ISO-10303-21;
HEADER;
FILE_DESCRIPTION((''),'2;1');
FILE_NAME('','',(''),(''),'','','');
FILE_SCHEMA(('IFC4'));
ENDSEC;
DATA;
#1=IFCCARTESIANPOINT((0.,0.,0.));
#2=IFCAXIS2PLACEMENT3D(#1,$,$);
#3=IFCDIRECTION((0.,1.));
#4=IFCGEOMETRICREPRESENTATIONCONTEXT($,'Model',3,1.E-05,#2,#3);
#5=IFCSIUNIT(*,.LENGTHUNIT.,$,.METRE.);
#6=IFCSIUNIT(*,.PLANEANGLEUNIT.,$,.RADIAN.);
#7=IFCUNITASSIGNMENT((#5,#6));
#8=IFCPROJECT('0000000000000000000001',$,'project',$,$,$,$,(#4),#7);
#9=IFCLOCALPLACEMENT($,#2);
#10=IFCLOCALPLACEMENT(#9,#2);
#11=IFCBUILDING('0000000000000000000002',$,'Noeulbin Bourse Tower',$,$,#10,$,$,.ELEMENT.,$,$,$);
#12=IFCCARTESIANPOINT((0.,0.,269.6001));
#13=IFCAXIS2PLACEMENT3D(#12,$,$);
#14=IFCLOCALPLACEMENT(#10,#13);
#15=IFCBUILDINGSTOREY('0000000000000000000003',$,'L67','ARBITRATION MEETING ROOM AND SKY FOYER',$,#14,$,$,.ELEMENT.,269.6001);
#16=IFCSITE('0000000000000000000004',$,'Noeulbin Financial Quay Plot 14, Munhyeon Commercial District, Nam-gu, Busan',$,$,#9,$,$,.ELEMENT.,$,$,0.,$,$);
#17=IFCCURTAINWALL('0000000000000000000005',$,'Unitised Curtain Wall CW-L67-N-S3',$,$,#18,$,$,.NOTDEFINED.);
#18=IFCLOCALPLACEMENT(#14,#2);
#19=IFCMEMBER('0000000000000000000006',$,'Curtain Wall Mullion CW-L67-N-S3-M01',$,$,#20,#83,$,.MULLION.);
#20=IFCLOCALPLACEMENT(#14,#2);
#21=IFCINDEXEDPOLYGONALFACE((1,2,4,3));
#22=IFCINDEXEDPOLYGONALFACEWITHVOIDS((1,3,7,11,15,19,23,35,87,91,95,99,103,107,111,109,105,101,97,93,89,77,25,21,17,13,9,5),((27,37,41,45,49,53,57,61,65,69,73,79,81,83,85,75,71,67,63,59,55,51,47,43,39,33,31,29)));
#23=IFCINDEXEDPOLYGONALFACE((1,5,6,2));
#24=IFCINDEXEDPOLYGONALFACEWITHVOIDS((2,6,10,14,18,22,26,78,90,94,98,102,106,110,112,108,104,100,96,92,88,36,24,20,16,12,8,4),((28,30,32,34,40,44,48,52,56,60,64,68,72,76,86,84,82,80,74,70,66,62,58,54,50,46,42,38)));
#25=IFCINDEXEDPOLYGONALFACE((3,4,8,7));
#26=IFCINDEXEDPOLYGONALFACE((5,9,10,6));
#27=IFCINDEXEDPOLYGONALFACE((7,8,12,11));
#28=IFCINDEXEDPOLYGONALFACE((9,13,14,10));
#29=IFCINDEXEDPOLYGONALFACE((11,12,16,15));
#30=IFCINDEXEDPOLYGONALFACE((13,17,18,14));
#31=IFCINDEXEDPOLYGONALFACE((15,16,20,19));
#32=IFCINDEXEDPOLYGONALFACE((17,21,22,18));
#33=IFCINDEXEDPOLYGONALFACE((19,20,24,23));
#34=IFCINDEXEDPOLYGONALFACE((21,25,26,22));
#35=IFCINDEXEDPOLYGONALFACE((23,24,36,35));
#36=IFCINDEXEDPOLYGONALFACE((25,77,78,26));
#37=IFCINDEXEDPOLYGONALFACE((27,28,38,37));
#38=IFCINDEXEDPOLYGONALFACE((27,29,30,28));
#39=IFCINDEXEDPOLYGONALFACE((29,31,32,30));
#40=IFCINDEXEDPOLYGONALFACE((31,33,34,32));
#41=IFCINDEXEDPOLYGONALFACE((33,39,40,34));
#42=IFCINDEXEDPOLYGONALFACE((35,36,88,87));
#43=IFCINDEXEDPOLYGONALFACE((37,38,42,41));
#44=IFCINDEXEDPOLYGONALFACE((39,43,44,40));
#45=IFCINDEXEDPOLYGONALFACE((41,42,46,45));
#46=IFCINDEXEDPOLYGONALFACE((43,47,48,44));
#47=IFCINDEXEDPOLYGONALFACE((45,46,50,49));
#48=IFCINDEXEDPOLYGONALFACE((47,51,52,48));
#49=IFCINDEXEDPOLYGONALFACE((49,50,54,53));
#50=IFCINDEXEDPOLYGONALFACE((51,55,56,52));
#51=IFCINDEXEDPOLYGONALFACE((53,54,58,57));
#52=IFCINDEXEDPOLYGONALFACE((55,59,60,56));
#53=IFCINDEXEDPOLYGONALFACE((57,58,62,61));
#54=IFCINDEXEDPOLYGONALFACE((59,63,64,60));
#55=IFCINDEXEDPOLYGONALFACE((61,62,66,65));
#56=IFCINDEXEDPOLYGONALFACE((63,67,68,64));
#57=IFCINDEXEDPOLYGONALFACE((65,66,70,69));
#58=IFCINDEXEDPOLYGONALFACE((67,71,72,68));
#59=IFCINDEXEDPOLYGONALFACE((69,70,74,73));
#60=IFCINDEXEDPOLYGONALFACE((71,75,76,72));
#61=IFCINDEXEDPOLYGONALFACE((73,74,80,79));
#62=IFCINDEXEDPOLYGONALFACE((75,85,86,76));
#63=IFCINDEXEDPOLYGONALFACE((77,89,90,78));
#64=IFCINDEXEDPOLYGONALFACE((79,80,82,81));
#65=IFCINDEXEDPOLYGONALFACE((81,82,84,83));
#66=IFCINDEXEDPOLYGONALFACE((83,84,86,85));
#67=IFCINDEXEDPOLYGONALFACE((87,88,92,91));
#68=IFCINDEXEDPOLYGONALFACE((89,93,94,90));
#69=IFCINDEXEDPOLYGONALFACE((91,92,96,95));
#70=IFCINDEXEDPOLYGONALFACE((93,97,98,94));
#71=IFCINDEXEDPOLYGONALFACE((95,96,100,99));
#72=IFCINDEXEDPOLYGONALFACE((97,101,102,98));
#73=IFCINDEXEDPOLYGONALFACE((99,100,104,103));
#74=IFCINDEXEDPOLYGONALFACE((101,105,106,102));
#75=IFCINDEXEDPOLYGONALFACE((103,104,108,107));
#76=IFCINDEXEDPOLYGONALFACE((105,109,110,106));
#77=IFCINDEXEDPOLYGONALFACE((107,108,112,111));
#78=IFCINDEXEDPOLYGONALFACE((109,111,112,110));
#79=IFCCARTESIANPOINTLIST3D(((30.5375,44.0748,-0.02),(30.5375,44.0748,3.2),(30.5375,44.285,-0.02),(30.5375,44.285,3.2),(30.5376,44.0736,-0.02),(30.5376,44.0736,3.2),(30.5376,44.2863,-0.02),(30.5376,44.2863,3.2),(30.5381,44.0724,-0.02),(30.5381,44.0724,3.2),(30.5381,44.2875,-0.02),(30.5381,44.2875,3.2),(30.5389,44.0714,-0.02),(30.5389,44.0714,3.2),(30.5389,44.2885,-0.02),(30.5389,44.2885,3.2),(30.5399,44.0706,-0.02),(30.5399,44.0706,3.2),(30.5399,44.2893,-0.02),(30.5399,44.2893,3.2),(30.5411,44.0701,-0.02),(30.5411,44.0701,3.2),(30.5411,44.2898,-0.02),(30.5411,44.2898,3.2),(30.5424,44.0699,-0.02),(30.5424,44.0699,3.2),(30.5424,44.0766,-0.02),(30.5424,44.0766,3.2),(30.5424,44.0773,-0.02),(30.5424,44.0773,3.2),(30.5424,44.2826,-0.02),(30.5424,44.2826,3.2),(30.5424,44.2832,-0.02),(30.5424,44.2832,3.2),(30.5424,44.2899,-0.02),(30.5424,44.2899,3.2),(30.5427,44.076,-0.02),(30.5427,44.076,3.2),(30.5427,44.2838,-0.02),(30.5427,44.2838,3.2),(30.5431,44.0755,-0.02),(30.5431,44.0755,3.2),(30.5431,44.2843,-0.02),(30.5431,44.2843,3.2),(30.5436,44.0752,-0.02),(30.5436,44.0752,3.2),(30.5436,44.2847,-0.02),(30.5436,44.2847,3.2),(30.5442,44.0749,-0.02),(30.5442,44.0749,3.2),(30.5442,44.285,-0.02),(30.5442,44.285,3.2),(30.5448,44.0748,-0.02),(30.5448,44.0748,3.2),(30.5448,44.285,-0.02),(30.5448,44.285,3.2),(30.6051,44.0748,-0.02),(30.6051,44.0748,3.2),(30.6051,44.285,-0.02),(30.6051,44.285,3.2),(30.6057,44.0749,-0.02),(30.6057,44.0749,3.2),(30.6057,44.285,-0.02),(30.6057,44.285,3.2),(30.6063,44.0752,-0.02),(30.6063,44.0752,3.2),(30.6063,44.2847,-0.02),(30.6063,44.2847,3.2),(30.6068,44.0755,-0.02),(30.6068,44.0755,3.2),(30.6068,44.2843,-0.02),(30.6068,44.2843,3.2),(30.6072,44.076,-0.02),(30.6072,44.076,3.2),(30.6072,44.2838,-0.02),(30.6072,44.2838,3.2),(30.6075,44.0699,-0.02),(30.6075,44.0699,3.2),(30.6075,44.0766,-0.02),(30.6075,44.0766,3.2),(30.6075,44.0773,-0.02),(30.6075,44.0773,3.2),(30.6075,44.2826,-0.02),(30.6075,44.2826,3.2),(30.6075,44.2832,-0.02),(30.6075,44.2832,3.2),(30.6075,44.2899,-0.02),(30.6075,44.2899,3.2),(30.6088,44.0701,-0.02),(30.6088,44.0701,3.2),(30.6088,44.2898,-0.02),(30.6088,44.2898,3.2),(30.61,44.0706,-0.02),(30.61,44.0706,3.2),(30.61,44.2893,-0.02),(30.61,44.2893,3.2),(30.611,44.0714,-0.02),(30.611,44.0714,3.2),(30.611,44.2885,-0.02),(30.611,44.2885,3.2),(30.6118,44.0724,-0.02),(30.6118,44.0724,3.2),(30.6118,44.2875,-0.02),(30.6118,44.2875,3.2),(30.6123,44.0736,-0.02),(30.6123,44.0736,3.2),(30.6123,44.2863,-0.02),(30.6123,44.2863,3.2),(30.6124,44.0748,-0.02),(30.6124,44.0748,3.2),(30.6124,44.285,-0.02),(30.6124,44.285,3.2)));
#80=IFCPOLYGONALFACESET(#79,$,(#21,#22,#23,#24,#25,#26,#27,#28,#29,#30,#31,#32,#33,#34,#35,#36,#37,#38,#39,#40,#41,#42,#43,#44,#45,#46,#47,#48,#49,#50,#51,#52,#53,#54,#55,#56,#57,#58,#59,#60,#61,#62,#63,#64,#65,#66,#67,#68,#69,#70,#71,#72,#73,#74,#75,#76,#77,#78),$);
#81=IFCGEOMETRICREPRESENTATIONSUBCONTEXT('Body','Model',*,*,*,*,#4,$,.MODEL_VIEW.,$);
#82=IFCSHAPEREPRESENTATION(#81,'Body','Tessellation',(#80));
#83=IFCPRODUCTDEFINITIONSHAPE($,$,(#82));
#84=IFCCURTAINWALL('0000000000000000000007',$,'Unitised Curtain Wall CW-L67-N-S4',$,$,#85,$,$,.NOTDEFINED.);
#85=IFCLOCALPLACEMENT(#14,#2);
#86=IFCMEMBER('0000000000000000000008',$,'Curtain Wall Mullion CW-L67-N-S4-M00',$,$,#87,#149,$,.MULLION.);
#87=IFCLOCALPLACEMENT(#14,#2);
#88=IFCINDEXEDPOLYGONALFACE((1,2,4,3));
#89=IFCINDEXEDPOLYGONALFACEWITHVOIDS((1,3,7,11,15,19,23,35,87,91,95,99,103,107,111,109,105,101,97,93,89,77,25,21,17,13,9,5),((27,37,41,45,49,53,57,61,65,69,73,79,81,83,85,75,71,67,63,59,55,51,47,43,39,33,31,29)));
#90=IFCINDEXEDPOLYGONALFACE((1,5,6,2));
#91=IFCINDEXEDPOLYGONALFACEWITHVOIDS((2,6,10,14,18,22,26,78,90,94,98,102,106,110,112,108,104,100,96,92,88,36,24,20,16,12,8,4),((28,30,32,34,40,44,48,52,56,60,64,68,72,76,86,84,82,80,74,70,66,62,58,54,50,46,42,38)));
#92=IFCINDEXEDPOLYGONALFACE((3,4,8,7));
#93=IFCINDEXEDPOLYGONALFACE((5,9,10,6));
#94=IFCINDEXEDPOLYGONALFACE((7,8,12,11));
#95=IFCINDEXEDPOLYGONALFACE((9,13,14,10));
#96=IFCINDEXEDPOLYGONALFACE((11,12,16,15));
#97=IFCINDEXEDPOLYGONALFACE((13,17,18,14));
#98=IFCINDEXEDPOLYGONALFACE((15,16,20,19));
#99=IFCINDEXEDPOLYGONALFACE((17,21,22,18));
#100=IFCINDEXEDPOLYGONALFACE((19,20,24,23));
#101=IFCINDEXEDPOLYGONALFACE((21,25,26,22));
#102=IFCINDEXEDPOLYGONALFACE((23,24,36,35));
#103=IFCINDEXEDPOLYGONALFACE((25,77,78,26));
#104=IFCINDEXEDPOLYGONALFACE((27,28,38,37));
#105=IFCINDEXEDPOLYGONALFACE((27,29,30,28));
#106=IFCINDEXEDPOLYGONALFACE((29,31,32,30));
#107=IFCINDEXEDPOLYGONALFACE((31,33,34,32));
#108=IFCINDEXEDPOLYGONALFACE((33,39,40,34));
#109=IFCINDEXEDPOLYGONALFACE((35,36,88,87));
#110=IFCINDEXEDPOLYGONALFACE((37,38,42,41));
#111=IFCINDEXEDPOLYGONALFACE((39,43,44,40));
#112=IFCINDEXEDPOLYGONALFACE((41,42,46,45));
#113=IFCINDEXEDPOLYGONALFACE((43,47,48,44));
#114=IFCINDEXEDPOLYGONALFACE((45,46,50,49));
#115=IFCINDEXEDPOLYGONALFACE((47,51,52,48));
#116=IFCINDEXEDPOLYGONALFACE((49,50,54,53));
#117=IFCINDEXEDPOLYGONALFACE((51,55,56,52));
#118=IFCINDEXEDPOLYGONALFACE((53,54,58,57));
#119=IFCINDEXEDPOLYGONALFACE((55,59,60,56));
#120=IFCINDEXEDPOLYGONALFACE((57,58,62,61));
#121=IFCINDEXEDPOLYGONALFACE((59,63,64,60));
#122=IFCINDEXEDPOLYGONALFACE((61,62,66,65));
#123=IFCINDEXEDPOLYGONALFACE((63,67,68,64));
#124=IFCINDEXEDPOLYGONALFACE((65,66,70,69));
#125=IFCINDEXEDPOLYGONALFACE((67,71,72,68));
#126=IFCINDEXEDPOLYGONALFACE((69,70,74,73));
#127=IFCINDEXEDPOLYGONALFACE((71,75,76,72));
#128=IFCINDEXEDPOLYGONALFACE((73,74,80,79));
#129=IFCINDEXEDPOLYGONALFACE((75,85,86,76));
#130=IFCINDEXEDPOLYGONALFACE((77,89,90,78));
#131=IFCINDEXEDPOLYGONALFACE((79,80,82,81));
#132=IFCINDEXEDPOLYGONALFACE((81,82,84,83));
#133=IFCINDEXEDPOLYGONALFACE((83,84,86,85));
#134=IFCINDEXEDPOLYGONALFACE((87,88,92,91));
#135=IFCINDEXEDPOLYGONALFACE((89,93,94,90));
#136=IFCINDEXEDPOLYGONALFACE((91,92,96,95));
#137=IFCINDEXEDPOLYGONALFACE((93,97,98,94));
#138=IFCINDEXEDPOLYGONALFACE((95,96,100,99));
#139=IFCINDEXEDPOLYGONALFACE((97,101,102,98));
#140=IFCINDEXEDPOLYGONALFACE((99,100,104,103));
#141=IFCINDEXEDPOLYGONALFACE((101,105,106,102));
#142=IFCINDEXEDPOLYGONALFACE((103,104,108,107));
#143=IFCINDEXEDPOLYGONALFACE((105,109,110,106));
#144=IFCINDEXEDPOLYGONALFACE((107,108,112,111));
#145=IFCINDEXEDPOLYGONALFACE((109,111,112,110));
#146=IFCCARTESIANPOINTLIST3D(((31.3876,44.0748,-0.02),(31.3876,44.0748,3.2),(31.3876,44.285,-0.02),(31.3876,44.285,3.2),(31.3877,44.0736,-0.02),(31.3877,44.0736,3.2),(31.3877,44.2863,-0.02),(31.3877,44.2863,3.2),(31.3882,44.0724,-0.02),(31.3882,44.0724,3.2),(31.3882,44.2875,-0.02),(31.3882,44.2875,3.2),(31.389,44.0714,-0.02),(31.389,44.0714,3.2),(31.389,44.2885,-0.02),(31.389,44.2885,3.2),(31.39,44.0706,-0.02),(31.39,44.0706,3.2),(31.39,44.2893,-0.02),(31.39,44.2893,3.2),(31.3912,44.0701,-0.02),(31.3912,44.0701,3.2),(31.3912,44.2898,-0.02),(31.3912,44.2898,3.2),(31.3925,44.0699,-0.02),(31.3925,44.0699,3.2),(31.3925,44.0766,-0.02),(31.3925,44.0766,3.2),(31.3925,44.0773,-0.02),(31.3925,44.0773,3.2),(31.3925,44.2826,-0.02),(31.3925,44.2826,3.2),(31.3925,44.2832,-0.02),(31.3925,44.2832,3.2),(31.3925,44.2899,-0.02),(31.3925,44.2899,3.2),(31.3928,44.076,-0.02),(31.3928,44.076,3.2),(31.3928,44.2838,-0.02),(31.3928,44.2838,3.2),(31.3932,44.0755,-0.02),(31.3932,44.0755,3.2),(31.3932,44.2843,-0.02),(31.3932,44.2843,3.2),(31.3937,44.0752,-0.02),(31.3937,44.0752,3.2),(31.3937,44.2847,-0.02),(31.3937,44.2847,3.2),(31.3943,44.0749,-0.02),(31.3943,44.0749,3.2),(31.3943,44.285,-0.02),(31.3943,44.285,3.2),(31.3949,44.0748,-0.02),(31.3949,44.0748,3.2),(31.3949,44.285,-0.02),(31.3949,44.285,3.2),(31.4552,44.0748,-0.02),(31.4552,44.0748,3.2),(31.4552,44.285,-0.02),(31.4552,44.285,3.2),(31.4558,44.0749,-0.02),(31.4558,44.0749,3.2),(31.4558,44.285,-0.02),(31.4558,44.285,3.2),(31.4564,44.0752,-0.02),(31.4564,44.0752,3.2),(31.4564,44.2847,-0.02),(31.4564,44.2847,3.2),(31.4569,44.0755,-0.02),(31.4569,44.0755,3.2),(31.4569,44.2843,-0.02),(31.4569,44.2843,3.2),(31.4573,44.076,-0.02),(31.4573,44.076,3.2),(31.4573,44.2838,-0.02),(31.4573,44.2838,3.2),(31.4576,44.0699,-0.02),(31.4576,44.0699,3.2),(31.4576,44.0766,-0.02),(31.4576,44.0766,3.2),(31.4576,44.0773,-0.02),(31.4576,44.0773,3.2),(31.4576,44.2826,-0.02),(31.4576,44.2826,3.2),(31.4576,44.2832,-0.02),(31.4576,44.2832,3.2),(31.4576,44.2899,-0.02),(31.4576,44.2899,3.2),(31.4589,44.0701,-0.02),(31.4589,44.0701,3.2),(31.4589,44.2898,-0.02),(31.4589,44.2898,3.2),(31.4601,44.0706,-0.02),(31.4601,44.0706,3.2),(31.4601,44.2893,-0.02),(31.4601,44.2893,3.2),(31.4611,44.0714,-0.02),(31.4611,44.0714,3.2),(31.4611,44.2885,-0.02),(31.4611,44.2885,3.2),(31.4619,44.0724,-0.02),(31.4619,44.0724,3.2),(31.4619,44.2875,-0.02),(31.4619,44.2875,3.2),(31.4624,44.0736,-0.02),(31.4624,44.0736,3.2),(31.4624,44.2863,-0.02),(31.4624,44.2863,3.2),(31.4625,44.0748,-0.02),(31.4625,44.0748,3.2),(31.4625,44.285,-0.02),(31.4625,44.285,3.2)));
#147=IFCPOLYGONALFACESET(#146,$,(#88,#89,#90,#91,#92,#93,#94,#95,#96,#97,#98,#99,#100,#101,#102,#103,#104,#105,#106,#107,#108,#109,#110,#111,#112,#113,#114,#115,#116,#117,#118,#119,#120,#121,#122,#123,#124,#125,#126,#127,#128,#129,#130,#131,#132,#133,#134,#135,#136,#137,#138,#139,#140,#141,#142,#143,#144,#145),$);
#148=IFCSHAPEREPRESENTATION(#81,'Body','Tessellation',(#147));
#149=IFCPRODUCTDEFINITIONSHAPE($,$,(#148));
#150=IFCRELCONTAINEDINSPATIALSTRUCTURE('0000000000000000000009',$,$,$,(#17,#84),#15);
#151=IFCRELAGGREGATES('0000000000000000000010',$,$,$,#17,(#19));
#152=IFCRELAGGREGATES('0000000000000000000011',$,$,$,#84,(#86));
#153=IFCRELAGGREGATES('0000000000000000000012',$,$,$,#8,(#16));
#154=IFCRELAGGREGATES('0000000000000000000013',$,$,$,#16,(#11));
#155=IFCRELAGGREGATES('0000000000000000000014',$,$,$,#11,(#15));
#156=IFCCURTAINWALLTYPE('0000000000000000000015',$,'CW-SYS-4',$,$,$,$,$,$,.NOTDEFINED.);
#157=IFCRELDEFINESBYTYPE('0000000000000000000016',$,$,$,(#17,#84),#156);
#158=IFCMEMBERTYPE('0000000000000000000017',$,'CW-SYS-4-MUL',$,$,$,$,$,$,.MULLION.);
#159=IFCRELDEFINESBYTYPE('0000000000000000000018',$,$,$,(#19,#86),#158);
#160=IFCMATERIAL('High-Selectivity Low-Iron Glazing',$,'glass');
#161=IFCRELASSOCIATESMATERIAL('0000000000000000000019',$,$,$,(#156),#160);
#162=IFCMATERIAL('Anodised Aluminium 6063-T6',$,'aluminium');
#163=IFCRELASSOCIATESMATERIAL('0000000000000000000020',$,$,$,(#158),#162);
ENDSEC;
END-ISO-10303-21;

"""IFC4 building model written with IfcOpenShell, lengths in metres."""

from ifc_helpers import new_model, si_unit, direction, frame, origin, origin_2d, place, context, subcontext, project, spatial, hollow_rectangle, extrude, material, material_profile, profile_set, type_object, element, aggregate, save


model = new_model("IFC4")

# Units and contexts
model_context = context("Model", 3, precision=1e-05, world=origin(), true_north=direction((0.0, 1.0)))
body_context = subcontext(model_context, "Body", "Model", "MODEL_VIEW")
ifc_project = project(units=[si_unit("LENGTHUNIT", "METRE"), si_unit("PLANEANGLEUNIT", "RADIAN")], contexts=[model_context])

# Site, building, storey
site_placement = place(None, origin())
site = spatial("IfcSite", under=ifc_project, at=site_placement, Name="Noeulbin Financial Quay Plot 14, Munhyeon Commercial District, Nam-gu, Busan", CompositionType="ELEMENT", RefElevation=0.0)
building_placement = place(site_placement, origin())
building = spatial("IfcBuilding", under=site, at=building_placement, Name="Noeulbin Bourse Tower", CompositionType="ELEMENT")
storey_placement = place(building_placement, frame((0.0, 0.0, 269.6001)))
storey = spatial("IfcBuildingStorey", under=building, at=storey_placement, Name="L67", Description="ARBITRATION MEETING ROOM AND SKY FOYER", CompositionType="ELEMENT", Elevation=269.6001)

# Curtain wall, member
ifc_material_1 = material(Name="High-Selectivity Low-Iron Glazing", Category="glass")
curtain_wall_type = type_object("IfcCurtainWallType", Name="CW-SYS-4", PredefinedType="NOTDEFINED", material=ifc_material_1)
curtain_wall_1_placement = place(storey_placement, origin())
curtain_wall_1 = element("IfcCurtainWall", 1, at=curtain_wall_1_placement, inside=storey, type_object=curtain_wall_type, Name="Unitised Curtain Wall CW-L67-N-S3", PredefinedType="NOTDEFINED")
ifc_material_2 = material(Name="Anodised Aluminium 6063-T6", Category="aluminium")
ifc_material_profile_1 = material_profile(ifc_material_2, hollow_rectangle(XDim=0.075, YDim=0.22, WallThickness=0.0049, InnerFilletRadius=0.0024, OuterFilletRadius=0.0049, at=origin_2d()), Name="ALU-MULL-75x220x5", Category="LoadBearing")
ifc_profile_set_1 = profile_set([ifc_material_profile_1], Name="Anodised Aluminium 6063-T6")
member_type_1 = type_object("IfcMemberType", Name="CW-SYS-4-MUL", PredefinedType="MULLION", material=ifc_profile_set_1)
member_1_placement = place(storey_placement, frame((30.575, 44.1799, -0.02), z_axis=(0.0, 0.0, 1.0), x_axis=(1.0, 0.0, 0.0)))
member_1 = element("IfcMember", 2, at=member_1_placement, type_object=member_type_1, Name="Curtain Wall Mullion CW-L67-N-S3-M01", PredefinedType="MULLION", context=body_context, shape_type="SweptSolid", body=[
    extrude(hollow_rectangle(XDim=0.075, YDim=0.22, WallThickness=0.0049, InnerFilletRadius=0.0024, OuterFilletRadius=0.0049, at=origin_2d()), origin(), (0.0, 0.0, 1.0), 3.22),
])

# Curtain wall, member
curtain_wall_2_placement = place(storey_placement, origin())
curtain_wall_2 = element("IfcCurtainWall", 3, at=curtain_wall_2_placement, inside=storey, type_object=curtain_wall_type, Name="Unitised Curtain Wall CW-L67-N-S4", PredefinedType="NOTDEFINED")
member_2_placement = place(storey_placement, frame((31.425, 44.1799, -0.02), z_axis=(0.0, 0.0, 1.0), x_axis=(1.0, 0.0, 0.0)))
member_2 = element("IfcMember", 4, at=member_2_placement, type_object=member_type_1, Name="Curtain Wall Mullion CW-L67-N-S4-M00", PredefinedType="MULLION", context=body_context, shape_type="SweptSolid", body=[
    extrude(hollow_rectangle(XDim=0.075, YDim=0.22, WallThickness=0.0049, InnerFilletRadius=0.0024, OuterFilletRadius=0.0049, at=origin_2d()), origin(), (0.0, 0.0, 1.0), 3.22),
])

aggregate(curtain_wall_1, [member_1])
aggregate(curtain_wall_2, [member_2])

save(model, "model.ifc")
